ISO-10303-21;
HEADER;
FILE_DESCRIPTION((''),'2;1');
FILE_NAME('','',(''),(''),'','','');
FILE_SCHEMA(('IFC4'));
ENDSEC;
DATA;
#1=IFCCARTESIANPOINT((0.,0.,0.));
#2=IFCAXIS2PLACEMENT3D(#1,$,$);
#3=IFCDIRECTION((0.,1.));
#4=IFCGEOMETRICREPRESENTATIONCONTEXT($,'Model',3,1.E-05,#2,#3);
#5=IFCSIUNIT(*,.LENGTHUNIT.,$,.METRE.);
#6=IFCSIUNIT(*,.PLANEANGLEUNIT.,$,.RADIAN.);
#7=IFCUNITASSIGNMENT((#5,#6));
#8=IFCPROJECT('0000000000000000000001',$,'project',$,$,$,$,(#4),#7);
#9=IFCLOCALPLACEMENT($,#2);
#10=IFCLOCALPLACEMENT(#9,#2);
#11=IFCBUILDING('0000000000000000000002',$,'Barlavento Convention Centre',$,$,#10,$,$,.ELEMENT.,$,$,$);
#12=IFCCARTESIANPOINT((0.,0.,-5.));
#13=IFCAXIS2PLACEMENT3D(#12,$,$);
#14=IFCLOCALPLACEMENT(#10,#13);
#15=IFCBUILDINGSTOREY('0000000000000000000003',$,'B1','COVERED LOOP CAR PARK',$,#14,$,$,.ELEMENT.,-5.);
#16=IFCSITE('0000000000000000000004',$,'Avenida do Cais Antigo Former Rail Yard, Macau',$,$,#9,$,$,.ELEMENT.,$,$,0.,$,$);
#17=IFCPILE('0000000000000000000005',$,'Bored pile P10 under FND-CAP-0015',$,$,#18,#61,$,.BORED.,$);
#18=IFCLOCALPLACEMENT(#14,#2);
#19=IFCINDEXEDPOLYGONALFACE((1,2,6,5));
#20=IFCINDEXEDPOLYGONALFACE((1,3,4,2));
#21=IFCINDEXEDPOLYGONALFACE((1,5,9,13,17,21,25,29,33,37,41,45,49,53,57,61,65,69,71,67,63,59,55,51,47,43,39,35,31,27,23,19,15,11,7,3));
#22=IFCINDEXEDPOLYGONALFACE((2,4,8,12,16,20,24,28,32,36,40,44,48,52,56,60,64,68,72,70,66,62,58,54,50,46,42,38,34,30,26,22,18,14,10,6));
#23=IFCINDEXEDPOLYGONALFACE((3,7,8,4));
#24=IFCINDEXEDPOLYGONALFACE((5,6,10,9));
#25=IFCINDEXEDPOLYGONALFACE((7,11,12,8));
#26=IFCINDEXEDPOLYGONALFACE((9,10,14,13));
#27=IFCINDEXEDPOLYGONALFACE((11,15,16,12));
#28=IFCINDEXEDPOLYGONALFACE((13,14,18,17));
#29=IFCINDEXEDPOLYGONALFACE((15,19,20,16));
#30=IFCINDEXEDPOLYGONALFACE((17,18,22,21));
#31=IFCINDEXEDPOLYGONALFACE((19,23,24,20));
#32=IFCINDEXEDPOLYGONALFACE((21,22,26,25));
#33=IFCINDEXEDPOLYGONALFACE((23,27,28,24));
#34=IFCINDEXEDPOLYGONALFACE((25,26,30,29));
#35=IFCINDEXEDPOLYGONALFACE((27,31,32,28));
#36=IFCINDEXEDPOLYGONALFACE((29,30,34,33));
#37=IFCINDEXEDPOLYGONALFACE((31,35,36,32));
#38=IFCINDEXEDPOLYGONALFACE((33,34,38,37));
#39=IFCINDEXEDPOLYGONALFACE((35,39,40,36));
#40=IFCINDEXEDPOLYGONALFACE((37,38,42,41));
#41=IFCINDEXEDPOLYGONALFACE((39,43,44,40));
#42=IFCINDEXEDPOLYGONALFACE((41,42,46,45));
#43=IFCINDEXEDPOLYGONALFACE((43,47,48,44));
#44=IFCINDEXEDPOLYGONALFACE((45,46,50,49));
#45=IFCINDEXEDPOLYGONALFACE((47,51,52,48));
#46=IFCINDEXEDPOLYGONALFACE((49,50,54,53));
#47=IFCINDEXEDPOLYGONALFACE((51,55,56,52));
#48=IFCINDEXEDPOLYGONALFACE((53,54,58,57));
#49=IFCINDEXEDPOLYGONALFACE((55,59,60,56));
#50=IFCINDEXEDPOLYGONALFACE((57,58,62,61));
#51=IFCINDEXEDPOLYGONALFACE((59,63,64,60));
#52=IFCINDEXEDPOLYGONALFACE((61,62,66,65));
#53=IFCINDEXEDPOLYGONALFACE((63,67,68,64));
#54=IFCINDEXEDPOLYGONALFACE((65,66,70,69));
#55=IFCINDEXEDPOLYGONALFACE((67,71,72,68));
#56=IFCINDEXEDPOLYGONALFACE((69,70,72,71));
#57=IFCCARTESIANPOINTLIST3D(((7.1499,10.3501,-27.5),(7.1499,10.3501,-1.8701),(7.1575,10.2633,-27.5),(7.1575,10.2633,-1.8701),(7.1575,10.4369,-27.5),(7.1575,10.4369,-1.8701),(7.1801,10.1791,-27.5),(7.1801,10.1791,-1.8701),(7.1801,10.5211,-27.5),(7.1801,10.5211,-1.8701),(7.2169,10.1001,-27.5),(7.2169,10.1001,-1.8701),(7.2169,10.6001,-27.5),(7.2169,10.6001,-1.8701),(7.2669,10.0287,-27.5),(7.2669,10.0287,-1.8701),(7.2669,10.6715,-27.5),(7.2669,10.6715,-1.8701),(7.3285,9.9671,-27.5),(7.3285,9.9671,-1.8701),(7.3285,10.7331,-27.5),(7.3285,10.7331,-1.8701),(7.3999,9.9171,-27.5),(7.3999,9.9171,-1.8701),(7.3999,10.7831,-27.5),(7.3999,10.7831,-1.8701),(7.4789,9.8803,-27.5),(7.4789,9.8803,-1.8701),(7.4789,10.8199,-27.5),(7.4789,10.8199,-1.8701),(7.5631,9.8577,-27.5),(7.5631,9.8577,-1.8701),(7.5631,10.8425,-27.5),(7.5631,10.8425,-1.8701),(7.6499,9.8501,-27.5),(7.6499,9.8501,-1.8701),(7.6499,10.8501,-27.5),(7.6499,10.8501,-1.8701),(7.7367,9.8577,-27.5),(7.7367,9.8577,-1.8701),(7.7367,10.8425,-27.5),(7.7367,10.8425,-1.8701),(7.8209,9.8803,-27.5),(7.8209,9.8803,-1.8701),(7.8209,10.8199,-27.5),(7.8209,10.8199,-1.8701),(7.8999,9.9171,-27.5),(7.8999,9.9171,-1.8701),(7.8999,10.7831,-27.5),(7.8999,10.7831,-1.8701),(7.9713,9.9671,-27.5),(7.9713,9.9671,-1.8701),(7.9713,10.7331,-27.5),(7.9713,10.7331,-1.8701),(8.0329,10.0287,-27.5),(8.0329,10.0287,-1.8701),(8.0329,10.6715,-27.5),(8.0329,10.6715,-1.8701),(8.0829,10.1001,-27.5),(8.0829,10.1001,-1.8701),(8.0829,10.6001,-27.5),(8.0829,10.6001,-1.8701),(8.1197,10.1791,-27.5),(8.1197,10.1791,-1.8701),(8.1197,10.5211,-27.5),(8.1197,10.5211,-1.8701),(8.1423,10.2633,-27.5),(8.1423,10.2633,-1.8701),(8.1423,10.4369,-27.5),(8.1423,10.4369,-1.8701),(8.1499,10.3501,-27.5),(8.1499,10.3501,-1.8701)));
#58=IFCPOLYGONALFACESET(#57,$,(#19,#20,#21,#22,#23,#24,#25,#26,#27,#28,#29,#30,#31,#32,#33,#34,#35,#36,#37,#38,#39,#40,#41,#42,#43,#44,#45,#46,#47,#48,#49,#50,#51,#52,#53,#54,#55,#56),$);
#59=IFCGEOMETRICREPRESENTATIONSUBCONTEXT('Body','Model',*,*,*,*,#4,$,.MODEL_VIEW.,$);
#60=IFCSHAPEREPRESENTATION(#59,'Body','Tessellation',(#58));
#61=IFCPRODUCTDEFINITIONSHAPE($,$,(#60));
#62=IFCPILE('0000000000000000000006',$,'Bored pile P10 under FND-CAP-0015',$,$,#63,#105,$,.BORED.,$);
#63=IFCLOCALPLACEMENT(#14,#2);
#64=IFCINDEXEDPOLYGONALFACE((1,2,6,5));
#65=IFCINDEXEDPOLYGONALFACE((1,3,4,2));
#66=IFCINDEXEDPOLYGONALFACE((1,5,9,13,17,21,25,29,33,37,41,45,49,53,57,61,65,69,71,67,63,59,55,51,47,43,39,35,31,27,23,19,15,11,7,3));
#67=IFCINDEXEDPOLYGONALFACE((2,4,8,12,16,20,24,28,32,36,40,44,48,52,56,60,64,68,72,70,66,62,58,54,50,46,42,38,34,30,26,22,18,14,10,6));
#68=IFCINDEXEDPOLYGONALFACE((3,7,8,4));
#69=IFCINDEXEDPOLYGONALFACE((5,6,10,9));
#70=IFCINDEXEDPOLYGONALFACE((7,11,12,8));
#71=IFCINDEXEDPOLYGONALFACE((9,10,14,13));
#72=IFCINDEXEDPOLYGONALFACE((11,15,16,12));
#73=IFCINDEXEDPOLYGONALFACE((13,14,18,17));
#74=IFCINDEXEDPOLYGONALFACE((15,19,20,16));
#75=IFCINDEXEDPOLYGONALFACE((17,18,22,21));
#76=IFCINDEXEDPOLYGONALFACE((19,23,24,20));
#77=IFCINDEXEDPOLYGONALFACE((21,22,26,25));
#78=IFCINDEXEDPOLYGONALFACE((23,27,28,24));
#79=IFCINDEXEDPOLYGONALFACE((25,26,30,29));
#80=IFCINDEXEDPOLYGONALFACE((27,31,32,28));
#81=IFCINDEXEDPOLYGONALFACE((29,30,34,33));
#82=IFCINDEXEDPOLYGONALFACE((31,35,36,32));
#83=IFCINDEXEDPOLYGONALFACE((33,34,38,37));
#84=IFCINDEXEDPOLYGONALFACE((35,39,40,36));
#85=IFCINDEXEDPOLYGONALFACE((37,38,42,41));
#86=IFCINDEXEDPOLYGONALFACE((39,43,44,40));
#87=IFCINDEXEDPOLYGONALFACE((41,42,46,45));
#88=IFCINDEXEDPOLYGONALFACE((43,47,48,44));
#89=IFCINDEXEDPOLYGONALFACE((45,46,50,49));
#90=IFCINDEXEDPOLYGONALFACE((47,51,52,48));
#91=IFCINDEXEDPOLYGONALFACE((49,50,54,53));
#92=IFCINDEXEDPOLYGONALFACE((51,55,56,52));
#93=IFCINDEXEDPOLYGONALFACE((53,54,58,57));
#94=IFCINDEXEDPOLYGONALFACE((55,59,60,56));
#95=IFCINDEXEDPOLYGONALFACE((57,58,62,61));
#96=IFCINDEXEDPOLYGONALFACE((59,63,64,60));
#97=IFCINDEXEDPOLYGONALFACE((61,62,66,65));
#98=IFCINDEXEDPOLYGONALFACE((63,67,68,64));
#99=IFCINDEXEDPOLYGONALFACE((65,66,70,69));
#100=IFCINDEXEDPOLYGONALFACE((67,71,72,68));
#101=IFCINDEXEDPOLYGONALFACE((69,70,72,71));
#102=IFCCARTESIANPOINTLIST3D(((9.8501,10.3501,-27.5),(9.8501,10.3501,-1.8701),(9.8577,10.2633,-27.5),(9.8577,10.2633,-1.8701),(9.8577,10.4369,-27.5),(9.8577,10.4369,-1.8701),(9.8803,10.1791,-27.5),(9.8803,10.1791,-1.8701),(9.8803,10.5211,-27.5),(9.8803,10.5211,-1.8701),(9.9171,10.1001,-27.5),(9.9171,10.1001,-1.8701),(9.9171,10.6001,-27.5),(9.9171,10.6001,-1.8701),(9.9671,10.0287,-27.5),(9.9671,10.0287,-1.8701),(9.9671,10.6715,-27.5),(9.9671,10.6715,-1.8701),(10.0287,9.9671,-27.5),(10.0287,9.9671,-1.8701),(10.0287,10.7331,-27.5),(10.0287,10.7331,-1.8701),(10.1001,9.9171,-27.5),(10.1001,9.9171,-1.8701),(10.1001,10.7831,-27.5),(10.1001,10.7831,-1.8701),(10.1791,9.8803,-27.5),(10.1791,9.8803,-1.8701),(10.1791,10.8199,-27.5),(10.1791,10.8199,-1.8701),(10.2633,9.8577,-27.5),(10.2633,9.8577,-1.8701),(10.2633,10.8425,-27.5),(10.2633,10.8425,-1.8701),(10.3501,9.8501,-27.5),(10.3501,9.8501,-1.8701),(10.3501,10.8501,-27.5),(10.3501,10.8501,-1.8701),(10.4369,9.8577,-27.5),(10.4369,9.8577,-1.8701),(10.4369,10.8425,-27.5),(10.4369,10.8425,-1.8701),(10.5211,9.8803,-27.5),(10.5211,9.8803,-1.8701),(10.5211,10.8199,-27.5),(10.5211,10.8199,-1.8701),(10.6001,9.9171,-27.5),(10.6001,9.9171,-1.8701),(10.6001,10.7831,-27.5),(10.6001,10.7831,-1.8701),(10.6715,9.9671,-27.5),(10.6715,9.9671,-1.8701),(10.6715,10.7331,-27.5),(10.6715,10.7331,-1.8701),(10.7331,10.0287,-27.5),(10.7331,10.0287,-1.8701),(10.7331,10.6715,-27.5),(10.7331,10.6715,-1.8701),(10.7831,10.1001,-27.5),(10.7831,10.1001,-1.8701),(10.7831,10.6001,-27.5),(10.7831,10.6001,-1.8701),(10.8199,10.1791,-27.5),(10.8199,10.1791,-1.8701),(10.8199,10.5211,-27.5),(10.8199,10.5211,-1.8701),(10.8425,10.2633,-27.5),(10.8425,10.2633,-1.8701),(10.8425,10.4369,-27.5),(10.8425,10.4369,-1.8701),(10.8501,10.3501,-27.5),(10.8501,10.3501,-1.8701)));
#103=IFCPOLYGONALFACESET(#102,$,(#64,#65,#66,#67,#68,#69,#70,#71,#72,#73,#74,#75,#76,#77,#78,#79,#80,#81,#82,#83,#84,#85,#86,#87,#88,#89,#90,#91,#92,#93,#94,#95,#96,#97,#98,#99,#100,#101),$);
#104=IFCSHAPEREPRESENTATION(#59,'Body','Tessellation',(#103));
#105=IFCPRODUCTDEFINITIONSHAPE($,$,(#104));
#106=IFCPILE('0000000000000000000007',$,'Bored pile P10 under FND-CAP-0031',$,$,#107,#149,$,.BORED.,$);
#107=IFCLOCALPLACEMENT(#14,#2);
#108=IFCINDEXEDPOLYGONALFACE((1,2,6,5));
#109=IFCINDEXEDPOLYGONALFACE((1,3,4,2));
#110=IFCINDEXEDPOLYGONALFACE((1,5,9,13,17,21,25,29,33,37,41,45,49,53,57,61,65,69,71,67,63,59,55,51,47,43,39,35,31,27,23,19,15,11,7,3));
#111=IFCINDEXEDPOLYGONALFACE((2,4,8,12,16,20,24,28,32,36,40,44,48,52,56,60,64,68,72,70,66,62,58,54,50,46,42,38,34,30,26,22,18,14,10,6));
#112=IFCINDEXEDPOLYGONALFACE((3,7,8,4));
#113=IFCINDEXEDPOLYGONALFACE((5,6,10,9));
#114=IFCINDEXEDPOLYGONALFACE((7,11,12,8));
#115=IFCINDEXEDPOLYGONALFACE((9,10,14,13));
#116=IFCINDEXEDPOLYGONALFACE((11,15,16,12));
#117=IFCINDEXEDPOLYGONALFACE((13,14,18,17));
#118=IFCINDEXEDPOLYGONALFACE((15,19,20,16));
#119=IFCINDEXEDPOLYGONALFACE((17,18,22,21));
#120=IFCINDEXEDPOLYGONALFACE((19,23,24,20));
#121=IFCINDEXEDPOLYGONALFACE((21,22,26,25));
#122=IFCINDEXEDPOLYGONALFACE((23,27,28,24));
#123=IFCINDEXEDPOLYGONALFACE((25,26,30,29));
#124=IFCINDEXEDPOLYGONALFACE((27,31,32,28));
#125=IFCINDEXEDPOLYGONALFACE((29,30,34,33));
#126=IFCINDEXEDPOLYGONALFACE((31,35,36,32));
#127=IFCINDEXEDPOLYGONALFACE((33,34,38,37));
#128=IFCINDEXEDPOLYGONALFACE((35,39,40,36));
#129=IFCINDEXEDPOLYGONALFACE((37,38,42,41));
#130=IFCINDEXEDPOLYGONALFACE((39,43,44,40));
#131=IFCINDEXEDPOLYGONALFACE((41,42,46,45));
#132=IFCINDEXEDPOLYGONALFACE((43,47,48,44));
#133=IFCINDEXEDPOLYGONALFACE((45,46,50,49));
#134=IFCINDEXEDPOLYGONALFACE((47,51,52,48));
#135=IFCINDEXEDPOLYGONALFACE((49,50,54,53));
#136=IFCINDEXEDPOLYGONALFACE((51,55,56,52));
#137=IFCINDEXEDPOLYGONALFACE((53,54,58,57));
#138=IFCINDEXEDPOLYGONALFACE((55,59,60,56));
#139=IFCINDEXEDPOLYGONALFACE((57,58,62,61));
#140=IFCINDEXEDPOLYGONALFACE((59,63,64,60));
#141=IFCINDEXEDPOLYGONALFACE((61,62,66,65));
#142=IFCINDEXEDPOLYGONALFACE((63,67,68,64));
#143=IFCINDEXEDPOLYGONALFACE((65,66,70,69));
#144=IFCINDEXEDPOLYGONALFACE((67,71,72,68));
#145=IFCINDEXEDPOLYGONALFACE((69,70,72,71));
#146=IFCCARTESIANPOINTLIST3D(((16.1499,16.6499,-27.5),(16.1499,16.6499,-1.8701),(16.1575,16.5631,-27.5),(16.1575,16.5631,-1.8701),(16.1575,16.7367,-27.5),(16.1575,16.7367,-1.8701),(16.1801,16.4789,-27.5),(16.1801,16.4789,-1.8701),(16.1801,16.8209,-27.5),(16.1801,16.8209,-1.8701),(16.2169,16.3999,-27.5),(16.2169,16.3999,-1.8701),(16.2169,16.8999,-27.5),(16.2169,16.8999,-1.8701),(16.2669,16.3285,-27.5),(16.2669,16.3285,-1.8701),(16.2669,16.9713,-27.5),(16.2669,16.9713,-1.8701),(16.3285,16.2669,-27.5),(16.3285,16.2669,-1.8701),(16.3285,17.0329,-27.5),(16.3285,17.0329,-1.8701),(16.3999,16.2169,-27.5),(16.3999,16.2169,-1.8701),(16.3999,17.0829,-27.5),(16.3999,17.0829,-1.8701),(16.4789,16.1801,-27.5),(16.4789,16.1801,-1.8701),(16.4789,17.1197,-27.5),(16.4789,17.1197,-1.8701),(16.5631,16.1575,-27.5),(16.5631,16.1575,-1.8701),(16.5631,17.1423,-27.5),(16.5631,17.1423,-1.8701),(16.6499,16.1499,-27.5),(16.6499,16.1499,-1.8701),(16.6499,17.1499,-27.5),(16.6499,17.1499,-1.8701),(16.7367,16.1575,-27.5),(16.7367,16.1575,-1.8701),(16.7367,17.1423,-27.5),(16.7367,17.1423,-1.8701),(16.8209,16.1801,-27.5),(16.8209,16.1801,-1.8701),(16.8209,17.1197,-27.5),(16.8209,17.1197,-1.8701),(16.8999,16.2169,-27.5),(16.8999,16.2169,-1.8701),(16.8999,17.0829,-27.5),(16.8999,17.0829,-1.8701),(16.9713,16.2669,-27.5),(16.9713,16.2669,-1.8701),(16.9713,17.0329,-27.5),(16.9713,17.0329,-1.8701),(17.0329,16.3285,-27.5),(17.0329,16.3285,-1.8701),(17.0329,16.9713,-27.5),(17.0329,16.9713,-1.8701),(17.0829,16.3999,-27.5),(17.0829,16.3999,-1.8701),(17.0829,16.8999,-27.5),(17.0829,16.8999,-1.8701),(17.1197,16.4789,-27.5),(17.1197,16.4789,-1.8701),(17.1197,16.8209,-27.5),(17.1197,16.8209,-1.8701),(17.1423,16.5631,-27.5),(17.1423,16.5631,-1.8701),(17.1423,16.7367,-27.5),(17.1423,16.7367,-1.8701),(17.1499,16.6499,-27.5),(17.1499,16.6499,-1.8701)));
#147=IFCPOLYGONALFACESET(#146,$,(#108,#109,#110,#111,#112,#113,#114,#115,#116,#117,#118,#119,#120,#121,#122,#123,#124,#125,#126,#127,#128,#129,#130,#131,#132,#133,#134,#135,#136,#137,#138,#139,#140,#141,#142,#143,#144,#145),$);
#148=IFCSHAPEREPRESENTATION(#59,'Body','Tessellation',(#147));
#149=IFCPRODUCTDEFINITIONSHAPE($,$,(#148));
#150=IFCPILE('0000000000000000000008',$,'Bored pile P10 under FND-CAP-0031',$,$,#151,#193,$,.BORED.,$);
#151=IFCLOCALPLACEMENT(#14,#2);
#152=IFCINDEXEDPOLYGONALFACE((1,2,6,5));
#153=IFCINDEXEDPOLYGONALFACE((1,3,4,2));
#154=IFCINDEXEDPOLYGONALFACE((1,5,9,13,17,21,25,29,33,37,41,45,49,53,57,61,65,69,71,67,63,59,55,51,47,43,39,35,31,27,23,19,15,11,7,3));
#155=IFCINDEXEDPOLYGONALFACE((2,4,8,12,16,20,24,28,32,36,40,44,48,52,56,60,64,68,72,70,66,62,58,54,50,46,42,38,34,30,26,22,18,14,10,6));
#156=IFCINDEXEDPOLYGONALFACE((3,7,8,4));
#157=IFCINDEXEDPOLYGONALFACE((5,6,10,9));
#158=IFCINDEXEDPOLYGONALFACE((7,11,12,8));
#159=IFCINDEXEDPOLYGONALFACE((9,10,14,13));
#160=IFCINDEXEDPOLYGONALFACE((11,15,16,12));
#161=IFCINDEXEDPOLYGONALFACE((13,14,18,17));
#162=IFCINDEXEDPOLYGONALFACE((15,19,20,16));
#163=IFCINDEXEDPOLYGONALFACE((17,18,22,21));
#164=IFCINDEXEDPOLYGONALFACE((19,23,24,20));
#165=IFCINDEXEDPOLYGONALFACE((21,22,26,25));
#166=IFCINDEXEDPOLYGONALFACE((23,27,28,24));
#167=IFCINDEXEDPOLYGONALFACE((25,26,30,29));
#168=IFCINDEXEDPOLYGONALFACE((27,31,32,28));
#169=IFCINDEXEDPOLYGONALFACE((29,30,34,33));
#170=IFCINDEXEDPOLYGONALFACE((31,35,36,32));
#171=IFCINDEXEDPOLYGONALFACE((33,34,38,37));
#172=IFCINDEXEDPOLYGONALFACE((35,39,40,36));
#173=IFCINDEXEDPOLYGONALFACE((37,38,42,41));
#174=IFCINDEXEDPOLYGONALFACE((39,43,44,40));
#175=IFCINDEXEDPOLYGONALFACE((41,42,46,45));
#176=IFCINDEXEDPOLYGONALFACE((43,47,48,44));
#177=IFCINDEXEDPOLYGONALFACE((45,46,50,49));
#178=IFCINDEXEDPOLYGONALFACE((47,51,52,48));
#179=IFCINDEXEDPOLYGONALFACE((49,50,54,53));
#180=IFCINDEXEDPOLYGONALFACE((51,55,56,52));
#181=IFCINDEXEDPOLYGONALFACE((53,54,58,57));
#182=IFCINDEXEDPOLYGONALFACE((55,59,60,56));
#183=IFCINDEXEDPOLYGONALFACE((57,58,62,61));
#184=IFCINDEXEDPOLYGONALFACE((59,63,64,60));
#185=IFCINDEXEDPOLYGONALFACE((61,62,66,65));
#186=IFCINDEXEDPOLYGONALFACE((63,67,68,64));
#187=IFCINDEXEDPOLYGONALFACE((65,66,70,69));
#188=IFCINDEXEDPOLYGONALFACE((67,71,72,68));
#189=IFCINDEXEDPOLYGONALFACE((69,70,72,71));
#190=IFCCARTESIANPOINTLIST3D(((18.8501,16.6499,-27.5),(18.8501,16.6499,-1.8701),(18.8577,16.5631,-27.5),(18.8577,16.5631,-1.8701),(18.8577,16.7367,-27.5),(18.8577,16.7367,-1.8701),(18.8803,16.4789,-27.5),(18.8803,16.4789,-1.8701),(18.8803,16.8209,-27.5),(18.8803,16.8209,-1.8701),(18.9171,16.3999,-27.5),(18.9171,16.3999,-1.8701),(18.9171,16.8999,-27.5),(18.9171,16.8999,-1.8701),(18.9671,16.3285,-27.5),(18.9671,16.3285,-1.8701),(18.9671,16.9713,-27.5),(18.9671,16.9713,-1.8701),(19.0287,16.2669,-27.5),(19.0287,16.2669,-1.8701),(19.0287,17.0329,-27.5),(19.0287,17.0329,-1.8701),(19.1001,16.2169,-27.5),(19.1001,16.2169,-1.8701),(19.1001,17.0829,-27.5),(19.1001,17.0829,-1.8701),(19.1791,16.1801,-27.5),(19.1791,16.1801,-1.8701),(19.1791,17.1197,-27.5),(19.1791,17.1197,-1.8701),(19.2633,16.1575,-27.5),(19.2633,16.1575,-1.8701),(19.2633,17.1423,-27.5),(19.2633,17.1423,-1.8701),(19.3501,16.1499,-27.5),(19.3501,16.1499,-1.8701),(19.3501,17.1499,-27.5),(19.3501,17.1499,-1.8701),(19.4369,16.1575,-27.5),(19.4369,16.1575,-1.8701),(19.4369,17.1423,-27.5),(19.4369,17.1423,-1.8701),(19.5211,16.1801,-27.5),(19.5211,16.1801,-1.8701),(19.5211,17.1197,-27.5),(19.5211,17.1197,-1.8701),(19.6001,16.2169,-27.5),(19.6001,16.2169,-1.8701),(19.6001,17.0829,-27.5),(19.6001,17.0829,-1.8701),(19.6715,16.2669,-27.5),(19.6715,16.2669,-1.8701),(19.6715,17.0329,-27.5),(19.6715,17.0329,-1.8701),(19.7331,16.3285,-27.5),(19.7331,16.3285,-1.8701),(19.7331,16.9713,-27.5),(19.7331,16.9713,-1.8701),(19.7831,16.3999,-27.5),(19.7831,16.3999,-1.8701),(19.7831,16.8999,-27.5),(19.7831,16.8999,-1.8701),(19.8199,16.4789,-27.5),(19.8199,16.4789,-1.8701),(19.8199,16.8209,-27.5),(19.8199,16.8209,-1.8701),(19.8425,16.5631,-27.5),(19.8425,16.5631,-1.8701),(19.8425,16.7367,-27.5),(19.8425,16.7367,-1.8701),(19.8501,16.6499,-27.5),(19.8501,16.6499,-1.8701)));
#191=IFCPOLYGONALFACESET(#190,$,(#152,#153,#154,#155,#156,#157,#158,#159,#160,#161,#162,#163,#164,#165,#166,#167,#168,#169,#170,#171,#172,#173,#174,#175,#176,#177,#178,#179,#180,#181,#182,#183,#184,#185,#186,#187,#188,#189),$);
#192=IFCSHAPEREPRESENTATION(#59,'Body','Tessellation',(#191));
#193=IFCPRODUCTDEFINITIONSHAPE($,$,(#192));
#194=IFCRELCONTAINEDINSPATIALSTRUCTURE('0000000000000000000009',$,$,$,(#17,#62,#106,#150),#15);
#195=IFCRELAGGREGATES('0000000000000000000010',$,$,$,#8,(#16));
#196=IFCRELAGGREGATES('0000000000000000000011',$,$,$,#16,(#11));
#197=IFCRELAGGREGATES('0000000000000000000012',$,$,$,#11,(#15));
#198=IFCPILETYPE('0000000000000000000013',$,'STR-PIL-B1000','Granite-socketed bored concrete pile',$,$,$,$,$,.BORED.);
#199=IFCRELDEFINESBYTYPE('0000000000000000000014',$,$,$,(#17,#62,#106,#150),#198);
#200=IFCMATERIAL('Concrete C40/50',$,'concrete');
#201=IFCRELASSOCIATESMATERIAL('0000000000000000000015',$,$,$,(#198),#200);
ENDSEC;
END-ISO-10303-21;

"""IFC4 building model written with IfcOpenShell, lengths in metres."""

from ifc_helpers import new_model, si_unit, direction, frame, origin, origin_2d, place, context, subcontext, project, spatial, circle, extrude, material, material_profile, profile_set, type_object, element, save


model = new_model("IFC4")

# Units and contexts
model_context = context("Model", 3, precision=1e-05, world=origin(), true_north=direction((0.0, 1.0)))
body_context = subcontext(model_context, "Body", "Model", "MODEL_VIEW")
ifc_project = project(units=[si_unit("LENGTHUNIT", "METRE"), si_unit("PLANEANGLEUNIT", "RADIAN")], contexts=[model_context])

# Site, building, storey
site_placement = place(None, origin())
site = spatial("IfcSite", under=ifc_project, at=site_placement, Name="Avenida do Cais Antigo Former Rail Yard, Macau", CompositionType="ELEMENT", RefElevation=0.0)
building_placement = place(site_placement, origin())
building = spatial("IfcBuilding", under=site, at=building_placement, Name="Barlavento Convention Centre", CompositionType="ELEMENT")
storey_placement = place(building_placement, frame((0.0, 0.0, -5.0)))
storey = spatial("IfcBuildingStorey", under=building, at=storey_placement, Name="B1", Description="COVERED LOOP CAR PARK", CompositionType="ELEMENT", Elevation=-5.0)

# Shared definitions
ifc_material_1 = material(Name="Concrete C40/50", Category="concrete")

# Piles
ifc_material_profile_1 = material_profile(ifc_material_1, circle(Radius=0.5, at=origin_2d()), Name="BORED PILE 1000")
ifc_profile_set_1 = profile_set([ifc_material_profile_1], Name="Concrete C40/50")
pile_type_1 = type_object("IfcPileType", Name="STR-PIL-B1000", Description="Granite-socketed bored concrete pile", PredefinedType="BORED", material=ifc_profile_set_1)
for number, where, z_axis, x_axis, name in (
    (1, (7.6499, 10.3501, -1.8701), (0.0, 0.0, -1.0), (1.0, 0.0, 0.0), "Bored pile P10 under FND-CAP-0015"),
    (2, (10.3501, 10.3501, -1.8701), (0.0, 0.0, -1.0), (1.0, 0.0, 0.0), "Bored pile P10 under FND-CAP-0015"),
    (3, (16.6499, 16.6499, -1.8701), (0.0, 0.0, -1.0), (1.0, 0.0, 0.0), "Bored pile P10 under FND-CAP-0031"),
    (4, (19.3501, 16.6499, -1.8701), (0.0, 0.0, -1.0), (1.0, 0.0, 0.0), "Bored pile P10 under FND-CAP-0031"),
):
    element("IfcPile", number, at=place(storey_placement, frame(where, z_axis=z_axis, x_axis=x_axis)), inside=storey, type_object=pile_type_1, Name=name, PredefinedType="BORED", context=body_context, shape_type="SweptSolid", body=[
        extrude(circle(Radius=0.5, at=origin_2d()), origin(), (0.0, 0.0, 1.0), 25.6299),
    ])

save(model, "model.ifc")
